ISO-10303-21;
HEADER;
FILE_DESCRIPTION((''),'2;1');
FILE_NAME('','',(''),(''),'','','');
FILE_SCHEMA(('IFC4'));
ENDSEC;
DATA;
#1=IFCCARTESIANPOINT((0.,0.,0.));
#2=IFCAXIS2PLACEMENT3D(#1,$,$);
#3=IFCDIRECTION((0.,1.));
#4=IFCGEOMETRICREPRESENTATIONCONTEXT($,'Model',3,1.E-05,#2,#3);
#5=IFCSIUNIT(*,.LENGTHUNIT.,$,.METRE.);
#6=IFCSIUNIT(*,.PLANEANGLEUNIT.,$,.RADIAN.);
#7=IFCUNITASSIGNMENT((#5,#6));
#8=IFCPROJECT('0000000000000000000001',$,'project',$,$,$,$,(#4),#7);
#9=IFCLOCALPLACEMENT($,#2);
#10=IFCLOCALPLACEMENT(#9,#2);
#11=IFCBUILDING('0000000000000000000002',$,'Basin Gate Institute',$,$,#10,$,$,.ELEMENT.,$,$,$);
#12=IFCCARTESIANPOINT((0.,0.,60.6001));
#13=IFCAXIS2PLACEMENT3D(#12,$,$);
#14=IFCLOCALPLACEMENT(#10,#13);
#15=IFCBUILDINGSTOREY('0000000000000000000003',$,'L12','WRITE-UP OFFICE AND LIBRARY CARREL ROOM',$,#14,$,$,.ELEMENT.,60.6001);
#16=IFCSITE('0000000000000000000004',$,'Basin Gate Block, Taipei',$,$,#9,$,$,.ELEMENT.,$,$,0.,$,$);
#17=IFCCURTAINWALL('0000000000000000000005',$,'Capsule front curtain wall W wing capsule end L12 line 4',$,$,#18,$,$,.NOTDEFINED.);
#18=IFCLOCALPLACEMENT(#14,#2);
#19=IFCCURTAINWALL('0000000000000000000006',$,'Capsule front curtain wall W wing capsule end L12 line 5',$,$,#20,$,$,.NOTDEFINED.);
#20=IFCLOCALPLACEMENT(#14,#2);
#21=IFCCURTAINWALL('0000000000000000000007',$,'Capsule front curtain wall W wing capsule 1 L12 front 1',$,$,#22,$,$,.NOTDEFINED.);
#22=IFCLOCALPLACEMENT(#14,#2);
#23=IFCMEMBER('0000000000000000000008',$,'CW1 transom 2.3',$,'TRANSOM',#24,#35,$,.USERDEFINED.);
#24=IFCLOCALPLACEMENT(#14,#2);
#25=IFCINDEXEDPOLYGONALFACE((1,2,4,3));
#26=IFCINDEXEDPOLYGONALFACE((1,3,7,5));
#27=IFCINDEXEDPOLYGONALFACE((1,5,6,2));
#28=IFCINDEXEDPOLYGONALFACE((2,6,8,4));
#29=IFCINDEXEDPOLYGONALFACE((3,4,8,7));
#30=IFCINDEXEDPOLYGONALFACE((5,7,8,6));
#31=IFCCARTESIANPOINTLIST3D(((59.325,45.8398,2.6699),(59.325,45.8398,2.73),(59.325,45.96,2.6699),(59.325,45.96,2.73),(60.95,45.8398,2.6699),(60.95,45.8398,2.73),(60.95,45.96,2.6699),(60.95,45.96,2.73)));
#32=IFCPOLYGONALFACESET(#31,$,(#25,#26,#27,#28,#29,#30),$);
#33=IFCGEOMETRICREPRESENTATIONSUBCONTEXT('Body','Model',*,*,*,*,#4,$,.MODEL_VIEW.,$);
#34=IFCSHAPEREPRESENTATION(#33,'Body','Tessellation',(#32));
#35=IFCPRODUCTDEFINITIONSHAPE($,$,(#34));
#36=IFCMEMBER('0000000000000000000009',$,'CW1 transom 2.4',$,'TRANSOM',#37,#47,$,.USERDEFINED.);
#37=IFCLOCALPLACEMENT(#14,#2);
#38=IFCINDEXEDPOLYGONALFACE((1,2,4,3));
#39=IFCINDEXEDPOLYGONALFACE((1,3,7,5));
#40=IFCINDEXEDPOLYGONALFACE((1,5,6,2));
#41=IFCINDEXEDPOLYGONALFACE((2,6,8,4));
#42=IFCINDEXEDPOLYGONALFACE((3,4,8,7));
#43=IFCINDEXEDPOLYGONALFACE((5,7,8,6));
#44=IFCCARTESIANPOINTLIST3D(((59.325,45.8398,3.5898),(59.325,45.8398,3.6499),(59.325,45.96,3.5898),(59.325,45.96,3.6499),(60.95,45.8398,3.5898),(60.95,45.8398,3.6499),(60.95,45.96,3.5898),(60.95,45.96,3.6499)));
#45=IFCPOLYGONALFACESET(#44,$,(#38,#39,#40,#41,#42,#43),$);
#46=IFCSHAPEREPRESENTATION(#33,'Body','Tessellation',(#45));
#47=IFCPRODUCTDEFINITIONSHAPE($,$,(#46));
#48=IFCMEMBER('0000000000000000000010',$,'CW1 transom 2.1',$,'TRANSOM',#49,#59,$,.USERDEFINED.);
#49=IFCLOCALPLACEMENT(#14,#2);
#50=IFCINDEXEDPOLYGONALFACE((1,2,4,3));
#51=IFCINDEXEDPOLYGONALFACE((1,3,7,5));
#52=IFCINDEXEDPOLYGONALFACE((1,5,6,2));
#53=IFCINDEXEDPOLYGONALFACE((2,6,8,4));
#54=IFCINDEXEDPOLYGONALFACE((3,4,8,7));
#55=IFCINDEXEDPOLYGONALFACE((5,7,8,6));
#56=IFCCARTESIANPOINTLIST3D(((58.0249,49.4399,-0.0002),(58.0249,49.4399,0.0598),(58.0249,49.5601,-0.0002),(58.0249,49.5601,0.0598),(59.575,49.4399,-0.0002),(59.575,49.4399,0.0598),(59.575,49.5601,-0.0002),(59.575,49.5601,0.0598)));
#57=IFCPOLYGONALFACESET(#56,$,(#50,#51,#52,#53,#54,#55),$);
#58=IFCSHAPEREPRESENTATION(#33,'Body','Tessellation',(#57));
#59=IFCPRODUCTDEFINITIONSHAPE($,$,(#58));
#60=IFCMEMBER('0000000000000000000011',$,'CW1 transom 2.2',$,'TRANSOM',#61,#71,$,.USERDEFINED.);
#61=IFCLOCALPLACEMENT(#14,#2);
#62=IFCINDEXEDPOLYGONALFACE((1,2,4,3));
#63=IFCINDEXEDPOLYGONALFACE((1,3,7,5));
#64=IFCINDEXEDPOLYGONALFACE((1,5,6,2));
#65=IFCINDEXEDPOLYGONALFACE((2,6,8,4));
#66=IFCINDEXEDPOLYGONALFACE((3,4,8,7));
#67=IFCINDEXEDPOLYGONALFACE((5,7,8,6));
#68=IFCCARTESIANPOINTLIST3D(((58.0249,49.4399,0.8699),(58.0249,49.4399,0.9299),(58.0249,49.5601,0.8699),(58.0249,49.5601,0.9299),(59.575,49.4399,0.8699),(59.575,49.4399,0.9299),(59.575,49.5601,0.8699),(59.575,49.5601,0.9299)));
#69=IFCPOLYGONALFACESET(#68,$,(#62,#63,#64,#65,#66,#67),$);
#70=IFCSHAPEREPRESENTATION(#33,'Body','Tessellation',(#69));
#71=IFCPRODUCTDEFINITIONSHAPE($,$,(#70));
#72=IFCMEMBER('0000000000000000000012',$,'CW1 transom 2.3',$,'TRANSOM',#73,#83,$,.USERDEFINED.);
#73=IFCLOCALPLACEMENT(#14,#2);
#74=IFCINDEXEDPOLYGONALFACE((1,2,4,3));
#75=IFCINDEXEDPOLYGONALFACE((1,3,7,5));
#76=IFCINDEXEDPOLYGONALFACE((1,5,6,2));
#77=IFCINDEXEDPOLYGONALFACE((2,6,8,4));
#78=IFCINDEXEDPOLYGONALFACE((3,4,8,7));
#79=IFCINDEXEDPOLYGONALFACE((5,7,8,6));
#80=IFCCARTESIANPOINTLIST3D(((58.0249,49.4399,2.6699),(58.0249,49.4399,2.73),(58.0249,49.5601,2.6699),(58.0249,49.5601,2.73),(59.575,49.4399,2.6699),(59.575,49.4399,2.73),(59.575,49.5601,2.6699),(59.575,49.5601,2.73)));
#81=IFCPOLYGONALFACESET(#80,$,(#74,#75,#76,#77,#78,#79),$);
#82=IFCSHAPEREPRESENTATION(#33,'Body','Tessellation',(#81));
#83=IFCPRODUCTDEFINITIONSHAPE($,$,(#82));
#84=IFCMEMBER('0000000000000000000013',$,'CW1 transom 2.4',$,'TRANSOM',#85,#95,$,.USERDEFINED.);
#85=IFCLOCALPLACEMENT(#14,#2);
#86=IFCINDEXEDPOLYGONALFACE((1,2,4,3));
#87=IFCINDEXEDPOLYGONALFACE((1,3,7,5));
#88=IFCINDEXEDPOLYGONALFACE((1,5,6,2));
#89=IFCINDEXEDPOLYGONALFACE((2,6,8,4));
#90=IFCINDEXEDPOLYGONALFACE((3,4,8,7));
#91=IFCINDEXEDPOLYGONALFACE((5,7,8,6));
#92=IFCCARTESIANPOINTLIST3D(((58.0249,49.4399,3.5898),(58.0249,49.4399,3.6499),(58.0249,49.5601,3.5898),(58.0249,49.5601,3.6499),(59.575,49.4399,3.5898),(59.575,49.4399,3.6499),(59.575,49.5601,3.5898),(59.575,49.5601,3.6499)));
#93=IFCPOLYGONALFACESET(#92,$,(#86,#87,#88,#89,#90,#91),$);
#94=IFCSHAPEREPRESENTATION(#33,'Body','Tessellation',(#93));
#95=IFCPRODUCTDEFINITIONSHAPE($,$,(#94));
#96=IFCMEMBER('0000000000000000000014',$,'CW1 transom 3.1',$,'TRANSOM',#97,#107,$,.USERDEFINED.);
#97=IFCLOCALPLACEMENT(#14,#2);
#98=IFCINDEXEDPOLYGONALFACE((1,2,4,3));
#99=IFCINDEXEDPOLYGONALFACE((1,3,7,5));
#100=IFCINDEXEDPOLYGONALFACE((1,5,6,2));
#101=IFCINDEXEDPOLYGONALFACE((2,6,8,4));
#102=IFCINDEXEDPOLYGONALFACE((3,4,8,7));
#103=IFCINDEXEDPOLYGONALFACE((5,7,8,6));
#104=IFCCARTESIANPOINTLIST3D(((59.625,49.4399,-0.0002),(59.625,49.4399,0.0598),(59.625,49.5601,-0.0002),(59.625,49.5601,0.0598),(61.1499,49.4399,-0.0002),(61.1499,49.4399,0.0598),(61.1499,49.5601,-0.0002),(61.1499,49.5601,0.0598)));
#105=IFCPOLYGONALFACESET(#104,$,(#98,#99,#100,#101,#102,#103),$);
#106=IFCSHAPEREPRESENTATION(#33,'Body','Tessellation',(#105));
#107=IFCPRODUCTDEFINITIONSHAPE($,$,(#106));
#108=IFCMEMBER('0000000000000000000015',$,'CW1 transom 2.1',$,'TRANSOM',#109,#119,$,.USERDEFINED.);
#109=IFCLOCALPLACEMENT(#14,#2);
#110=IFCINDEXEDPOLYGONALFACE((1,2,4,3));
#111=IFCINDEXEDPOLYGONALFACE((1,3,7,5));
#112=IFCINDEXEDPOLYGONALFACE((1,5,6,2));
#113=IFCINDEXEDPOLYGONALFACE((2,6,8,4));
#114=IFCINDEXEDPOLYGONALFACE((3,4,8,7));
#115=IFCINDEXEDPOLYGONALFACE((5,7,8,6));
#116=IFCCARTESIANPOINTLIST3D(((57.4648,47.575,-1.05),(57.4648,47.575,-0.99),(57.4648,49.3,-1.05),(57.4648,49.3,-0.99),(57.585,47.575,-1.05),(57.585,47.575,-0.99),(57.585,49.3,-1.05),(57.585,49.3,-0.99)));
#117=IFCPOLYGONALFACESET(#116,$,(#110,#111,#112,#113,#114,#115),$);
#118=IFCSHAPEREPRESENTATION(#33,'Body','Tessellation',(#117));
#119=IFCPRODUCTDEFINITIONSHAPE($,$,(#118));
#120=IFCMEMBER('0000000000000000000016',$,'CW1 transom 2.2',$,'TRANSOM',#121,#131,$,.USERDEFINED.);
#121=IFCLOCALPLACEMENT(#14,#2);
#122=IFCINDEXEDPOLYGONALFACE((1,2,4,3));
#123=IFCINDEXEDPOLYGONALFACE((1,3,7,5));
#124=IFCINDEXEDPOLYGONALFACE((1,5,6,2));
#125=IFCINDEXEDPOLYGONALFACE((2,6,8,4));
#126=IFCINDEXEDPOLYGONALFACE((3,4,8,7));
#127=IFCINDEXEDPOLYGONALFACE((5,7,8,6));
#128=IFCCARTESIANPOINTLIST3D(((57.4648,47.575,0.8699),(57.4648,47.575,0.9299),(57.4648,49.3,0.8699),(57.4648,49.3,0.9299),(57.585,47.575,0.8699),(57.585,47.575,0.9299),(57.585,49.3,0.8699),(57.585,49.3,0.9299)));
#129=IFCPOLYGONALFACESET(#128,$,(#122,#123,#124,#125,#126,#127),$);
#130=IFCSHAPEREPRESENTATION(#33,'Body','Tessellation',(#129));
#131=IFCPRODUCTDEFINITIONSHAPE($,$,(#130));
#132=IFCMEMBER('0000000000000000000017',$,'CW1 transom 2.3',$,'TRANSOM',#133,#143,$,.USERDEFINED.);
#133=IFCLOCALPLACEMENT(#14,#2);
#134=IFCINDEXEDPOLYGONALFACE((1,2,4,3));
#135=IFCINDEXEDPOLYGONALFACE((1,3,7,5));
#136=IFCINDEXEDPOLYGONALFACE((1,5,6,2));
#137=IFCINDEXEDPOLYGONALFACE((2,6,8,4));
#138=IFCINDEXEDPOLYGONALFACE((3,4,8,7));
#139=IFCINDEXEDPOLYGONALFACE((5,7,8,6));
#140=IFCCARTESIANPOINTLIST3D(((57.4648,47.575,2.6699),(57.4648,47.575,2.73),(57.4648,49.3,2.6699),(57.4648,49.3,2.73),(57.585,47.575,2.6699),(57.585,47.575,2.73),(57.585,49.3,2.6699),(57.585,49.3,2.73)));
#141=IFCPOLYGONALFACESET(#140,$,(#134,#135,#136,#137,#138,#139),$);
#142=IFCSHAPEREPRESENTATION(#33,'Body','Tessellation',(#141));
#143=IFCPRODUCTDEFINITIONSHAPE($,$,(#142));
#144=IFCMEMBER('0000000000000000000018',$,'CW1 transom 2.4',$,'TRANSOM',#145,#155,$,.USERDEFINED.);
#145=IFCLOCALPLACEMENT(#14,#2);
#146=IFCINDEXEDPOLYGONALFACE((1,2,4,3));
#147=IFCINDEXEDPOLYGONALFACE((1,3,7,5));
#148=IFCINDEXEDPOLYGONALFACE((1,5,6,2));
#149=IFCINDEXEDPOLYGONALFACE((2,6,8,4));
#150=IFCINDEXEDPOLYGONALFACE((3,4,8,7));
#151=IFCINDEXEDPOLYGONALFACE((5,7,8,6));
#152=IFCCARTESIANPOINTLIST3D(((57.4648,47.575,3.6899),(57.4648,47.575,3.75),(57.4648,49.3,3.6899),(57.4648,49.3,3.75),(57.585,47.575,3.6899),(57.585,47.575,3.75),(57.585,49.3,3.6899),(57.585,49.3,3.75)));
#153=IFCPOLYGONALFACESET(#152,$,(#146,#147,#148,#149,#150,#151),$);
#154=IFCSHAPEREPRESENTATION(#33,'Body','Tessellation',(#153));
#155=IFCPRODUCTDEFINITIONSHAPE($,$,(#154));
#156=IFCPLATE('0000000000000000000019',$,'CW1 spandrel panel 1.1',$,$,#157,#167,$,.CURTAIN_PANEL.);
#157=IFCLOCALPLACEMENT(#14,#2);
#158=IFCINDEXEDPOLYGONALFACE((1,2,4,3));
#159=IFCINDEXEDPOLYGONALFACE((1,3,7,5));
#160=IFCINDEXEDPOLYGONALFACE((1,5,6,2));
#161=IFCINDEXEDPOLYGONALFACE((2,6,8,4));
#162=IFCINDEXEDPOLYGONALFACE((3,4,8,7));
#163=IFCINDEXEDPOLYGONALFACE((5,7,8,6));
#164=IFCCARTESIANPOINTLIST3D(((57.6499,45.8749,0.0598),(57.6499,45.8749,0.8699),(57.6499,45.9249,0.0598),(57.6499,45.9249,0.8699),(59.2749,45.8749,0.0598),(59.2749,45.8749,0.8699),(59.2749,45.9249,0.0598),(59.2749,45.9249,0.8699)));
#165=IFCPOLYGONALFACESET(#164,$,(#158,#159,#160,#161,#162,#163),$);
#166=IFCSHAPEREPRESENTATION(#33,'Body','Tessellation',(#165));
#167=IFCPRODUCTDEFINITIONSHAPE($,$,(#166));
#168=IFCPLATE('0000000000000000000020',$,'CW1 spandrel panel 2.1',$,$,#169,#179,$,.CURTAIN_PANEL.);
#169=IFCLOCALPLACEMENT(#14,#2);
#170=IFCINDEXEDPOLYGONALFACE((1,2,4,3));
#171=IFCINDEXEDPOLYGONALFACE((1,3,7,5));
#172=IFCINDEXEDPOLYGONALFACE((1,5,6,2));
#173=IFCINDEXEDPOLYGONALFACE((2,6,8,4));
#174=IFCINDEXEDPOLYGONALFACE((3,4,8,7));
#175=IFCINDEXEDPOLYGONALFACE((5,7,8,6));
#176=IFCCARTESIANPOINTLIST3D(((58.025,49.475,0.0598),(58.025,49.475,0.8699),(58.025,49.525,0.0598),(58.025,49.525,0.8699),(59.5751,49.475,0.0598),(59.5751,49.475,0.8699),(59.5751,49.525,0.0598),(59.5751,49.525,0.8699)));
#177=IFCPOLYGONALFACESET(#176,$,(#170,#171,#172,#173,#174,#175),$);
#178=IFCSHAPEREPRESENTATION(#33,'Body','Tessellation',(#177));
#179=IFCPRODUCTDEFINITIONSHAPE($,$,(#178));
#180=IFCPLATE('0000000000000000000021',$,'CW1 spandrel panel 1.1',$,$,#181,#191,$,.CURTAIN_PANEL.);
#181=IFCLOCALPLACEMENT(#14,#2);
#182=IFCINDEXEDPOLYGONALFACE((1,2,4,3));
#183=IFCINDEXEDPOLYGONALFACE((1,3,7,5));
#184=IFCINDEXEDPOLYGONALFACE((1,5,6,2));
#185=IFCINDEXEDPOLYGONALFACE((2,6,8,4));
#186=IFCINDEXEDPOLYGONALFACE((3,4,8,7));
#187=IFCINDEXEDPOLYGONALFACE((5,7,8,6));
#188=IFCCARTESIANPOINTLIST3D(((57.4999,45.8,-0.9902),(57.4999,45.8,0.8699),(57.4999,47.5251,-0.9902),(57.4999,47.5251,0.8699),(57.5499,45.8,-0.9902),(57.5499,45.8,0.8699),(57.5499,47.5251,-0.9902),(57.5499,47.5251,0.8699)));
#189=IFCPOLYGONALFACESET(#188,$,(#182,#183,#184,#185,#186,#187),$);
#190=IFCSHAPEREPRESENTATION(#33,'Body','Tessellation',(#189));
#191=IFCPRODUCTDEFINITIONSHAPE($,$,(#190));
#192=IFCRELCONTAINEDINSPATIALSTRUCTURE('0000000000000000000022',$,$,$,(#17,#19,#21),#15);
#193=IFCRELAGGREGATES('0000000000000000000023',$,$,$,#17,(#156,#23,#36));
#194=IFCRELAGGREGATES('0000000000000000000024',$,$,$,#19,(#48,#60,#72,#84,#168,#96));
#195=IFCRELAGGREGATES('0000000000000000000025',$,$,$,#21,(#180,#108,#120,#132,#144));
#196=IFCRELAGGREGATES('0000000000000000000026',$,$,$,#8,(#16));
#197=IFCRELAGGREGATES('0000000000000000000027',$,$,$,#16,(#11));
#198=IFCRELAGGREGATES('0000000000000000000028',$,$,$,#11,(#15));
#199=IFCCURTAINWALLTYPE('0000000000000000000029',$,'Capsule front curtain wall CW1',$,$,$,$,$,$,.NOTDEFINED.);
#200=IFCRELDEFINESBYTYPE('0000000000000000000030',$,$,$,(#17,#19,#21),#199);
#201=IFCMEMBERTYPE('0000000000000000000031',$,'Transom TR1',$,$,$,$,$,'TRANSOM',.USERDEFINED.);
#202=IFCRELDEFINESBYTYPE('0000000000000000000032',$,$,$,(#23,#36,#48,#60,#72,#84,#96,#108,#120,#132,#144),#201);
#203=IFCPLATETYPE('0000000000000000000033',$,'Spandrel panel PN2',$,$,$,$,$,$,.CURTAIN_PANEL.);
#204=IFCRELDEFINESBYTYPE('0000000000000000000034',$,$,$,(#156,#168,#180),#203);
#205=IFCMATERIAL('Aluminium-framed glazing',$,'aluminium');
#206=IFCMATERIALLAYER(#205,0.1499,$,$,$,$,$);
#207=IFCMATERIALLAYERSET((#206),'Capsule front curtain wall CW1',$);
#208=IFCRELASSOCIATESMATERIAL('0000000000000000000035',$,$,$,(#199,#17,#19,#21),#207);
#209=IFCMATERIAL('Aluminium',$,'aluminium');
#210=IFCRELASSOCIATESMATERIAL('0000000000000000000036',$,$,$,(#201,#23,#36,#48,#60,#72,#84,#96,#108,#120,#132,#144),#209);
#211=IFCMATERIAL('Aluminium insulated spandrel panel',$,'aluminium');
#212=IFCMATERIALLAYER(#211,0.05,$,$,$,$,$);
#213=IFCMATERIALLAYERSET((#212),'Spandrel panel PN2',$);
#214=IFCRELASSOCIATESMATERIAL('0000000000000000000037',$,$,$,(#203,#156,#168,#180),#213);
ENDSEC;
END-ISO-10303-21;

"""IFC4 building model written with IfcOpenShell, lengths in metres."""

from ifc_helpers import new_model, si_unit, direction, frame, origin, origin_2d, place, context, subcontext, project, spatial, rectangle, extrude, material, layer, layer_set, material_profile, profile_set, type_object, element, aggregate, save


model = new_model("IFC4")

# Units and contexts
model_context = context("Model", 3, precision=1e-05, world=origin(), true_north=direction((0.0, 1.0)))
body_context = subcontext(model_context, "Body", "Model", "MODEL_VIEW")
ifc_project = project(units=[si_unit("LENGTHUNIT", "METRE"), si_unit("PLANEANGLEUNIT", "RADIAN")], contexts=[model_context])

# Site, building, storey
site_placement = place(None, origin())
site = spatial("IfcSite", under=ifc_project, at=site_placement, Name="Basin Gate Block, Taipei", CompositionType="ELEMENT", RefElevation=0.0)
building_placement = place(site_placement, origin())
building = spatial("IfcBuilding", under=site, at=building_placement, Name="Basin Gate Institute", CompositionType="ELEMENT")
storey_placement = place(building_placement, frame((0.0, 0.0, 60.6001)))
storey = spatial("IfcBuildingStorey", under=building, at=storey_placement, Name="L12", Description="WRITE-UP OFFICE AND LIBRARY CARREL ROOM", CompositionType="ELEMENT", Elevation=60.6001)

# Curtain walls
ifc_material_1 = material(Name="Aluminium-framed glazing", Category="aluminium")
ifc_layer_1 = layer(ifc_material_1, 0.1499)
ifc_layer_set_1 = layer_set([ifc_layer_1], Name="Capsule front curtain wall CW1")
curtain_wall_type = type_object("IfcCurtainWallType", Name="Capsule front curtain wall CW1", PredefinedType="NOTDEFINED", material=ifc_layer_set_1)
curtain_wall_1_placement = place(storey_placement, origin())
curtain_wall_1 = element("IfcCurtainWall", 1, at=curtain_wall_1_placement, inside=storey, type_object=curtain_wall_type, material=ifc_layer_set_1, Name="Capsule front curtain wall W wing capsule end L12 line 4", PredefinedType="NOTDEFINED")
curtain_wall_2_placement = place(storey_placement, origin())
curtain_wall_2 = element("IfcCurtainWall", 2, at=curtain_wall_2_placement, inside=storey, type_object=curtain_wall_type, material=ifc_layer_set_1, Name="Capsule front curtain wall W wing capsule end L12 line 5", PredefinedType="NOTDEFINED")
curtain_wall_3_placement = place(storey_placement, origin())
curtain_wall_3 = element("IfcCurtainWall", 3, at=curtain_wall_3_placement, inside=storey, type_object=curtain_wall_type, material=ifc_layer_set_1, Name="Capsule front curtain wall W wing capsule 1 L12 front 1", PredefinedType="NOTDEFINED")

# Members
ifc_material_2 = material(Name="Aluminium", Category="aluminium")
ifc_material_profile_1 = material_profile(ifc_material_2, rectangle(XDim=0.1201, YDim=0.0601, at=origin_2d()), Name="Transom TR1 120 x 60")
ifc_profile_set_1 = profile_set([ifc_material_profile_1], Name="Aluminium")
member_type_1 = type_object("IfcMemberType", Name="Transom TR1", ElementType="TRANSOM", PredefinedType="USERDEFINED", material=ifc_profile_set_1)
member_1_placement = place(storey_placement, frame((59.325, 45.8999, 2.7), z_axis=(1.0, 0.0, 0.0), x_axis=(0.0, 1.0, 0.0)))
member_1 = element("IfcMember", 4, at=member_1_placement, type_object=member_type_1, material=ifc_profile_set_1, Name="CW1 transom 2.3", ObjectType="TRANSOM", PredefinedType="USERDEFINED", context=body_context, shape_type="SweptSolid", body=[
    extrude(rectangle(XDim=0.1201, YDim=0.0601, at=origin_2d()), origin(), (0.0, 0.0, 1.0), 1.625),
])
member_2_placement = place(storey_placement, frame((59.325, 45.8999, 3.6199), z_axis=(1.0, 0.0, 0.0), x_axis=(0.0, 1.0, 0.0)))
member_2 = element("IfcMember", 5, at=member_2_placement, type_object=member_type_1, material=ifc_profile_set_1, Name="CW1 transom 2.4", ObjectType="TRANSOM", PredefinedType="USERDEFINED", context=body_context, shape_type="SweptSolid", body=[
    extrude(rectangle(XDim=0.1201, YDim=0.0601, at=origin_2d()), origin(), (0.0, 0.0, 1.0), 1.625),
])
member_3_placement = place(storey_placement, frame((58.0249, 49.5, 0.0298), z_axis=(1.0, 0.0, 0.0), x_axis=(0.0, 1.0, 0.0)))
member_3 = element("IfcMember", 6, at=member_3_placement, type_object=member_type_1, material=ifc_profile_set_1, Name="CW1 transom 2.1", ObjectType="TRANSOM", PredefinedType="USERDEFINED", context=body_context, shape_type="SweptSolid", body=[
    extrude(rectangle(XDim=0.1201, YDim=0.0601, at=origin_2d()), origin(), (0.0, 0.0, 1.0), 1.55),
])
member_4_placement = place(storey_placement, frame((58.0249, 49.5, 0.8999), z_axis=(1.0, 0.0, 0.0), x_axis=(0.0, 1.0, 0.0)))
member_4 = element("IfcMember", 7, at=member_4_placement, type_object=member_type_1, material=ifc_profile_set_1, Name="CW1 transom 2.2", ObjectType="TRANSOM", PredefinedType="USERDEFINED", context=body_context, shape_type="SweptSolid", body=[
    extrude(rectangle(XDim=0.1201, YDim=0.0601, at=origin_2d()), origin(), (0.0, 0.0, 1.0), 1.55),
])
member_5_placement = place(storey_placement, frame((58.0249, 49.5, 2.7), z_axis=(1.0, 0.0, 0.0), x_axis=(0.0, 1.0, 0.0)))
member_5 = element("IfcMember", 8, at=member_5_placement, type_object=member_type_1, material=ifc_profile_set_1, Name="CW1 transom 2.3", ObjectType="TRANSOM", PredefinedType="USERDEFINED", context=body_context, shape_type="SweptSolid", body=[
    extrude(rectangle(XDim=0.1201, YDim=0.0601, at=origin_2d()), origin(), (0.0, 0.0, 1.0), 1.55),
])
member_6_placement = place(storey_placement, frame((58.0249, 49.5, 3.6199), z_axis=(1.0, 0.0, 0.0), x_axis=(0.0, 1.0, 0.0)))
member_6 = element("IfcMember", 9, at=member_6_placement, type_object=member_type_1, material=ifc_profile_set_1, Name="CW1 transom 2.4", ObjectType="TRANSOM", PredefinedType="USERDEFINED", context=body_context, shape_type="SweptSolid", body=[
    extrude(rectangle(XDim=0.1201, YDim=0.0601, at=origin_2d()), origin(), (0.0, 0.0, 1.0), 1.55),
])
member_7_placement = place(storey_placement, frame((59.625, 49.5, 0.0298), z_axis=(1.0, 0.0, 0.0), x_axis=(0.0, 1.0, 0.0)))
member_7 = element("IfcMember", 10, at=member_7_placement, type_object=member_type_1, material=ifc_profile_set_1, Name="CW1 transom 3.1", ObjectType="TRANSOM", PredefinedType="USERDEFINED", context=body_context, shape_type="SweptSolid", body=[
    extrude(rectangle(XDim=0.1201, YDim=0.0601, at=origin_2d()), origin(), (0.0, 0.0, 1.0), 1.5249),
])
member_8_placement = place(storey_placement, frame((57.5249, 47.575, -1.02), z_axis=(0.0, 1.0, 0.0), x_axis=(-1.0, 0.0, 0.0)))
member_8 = element("IfcMember", 11, at=member_8_placement, type_object=member_type_1, material=ifc_profile_set_1, Name="CW1 transom 2.1", ObjectType="TRANSOM", PredefinedType="USERDEFINED", context=body_context, shape_type="SweptSolid", body=[
    extrude(rectangle(XDim=0.1201, YDim=0.0601, at=origin_2d()), origin(), (0.0, 0.0, 1.0), 1.7251),
])
member_9_placement = place(storey_placement, frame((57.5249, 47.575, 0.8999), z_axis=(0.0, 1.0, 0.0), x_axis=(-1.0, 0.0, 0.0)))
member_9 = element("IfcMember", 12, at=member_9_placement, type_object=member_type_1, material=ifc_profile_set_1, Name="CW1 transom 2.2", ObjectType="TRANSOM", PredefinedType="USERDEFINED", context=body_context, shape_type="SweptSolid", body=[
    extrude(rectangle(XDim=0.1201, YDim=0.0601, at=origin_2d()), origin(), (0.0, 0.0, 1.0), 1.7251),
])
member_10_placement = place(storey_placement, frame((57.5249, 47.575, 2.7), z_axis=(0.0, 1.0, 0.0), x_axis=(-1.0, 0.0, 0.0)))
member_10 = element("IfcMember", 13, at=member_10_placement, type_object=member_type_1, material=ifc_profile_set_1, Name="CW1 transom 2.3", ObjectType="TRANSOM", PredefinedType="USERDEFINED", context=body_context, shape_type="SweptSolid", body=[
    extrude(rectangle(XDim=0.1201, YDim=0.0601, at=origin_2d()), origin(), (0.0, 0.0, 1.0), 1.7251),
])
member_11_placement = place(storey_placement, frame((57.5249, 47.575, 3.72), z_axis=(0.0, 1.0, 0.0), x_axis=(-1.0, 0.0, 0.0)))
member_11 = element("IfcMember", 14, at=member_11_placement, type_object=member_type_1, material=ifc_profile_set_1, Name="CW1 transom 2.4", ObjectType="TRANSOM", PredefinedType="USERDEFINED", context=body_context, shape_type="SweptSolid", body=[
    extrude(rectangle(XDim=0.1201, YDim=0.0601, at=origin_2d()), origin(), (0.0, 0.0, 1.0), 1.7251),
])

# Plates
ifc_material_3 = material(Name="Aluminium insulated spandrel panel", Category="aluminium")
ifc_layer_2 = layer(ifc_material_3, 0.05)
ifc_layer_set_2 = layer_set([ifc_layer_2], Name="Spandrel panel PN2")
plate_type_1 = type_object("IfcPlateType", Name="Spandrel panel PN2", PredefinedType="CURTAIN_PANEL", material=ifc_layer_set_2)
plate_1_placement = place(storey_placement, frame((58.4624, 45.8999, 0.0598), z_axis=(0.0, 0.0, 1.0), x_axis=(1.0, 0.0, 0.0)))
plate_1 = element("IfcPlate", 15, at=plate_1_placement, type_object=plate_type_1, material=ifc_layer_set_2, Name="CW1 spandrel panel 1.1", PredefinedType="CURTAIN_PANEL", context=body_context, shape_type="SweptSolid", body=[
    extrude(rectangle(XDim=1.625, YDim=0.05, at=origin_2d()), origin(), (0.0, 0.0, 1.0), 0.8101),
])
plate_2_placement = place(storey_placement, frame((58.8, 49.5, 0.0598), z_axis=(0.0, 0.0, 1.0), x_axis=(1.0, 0.0, 0.0)))
plate_2 = element("IfcPlate", 16, at=plate_2_placement, type_object=plate_type_1, material=ifc_layer_set_2, Name="CW1 spandrel panel 2.1", PredefinedType="CURTAIN_PANEL", context=body_context, shape_type="SweptSolid", body=[
    extrude(rectangle(XDim=1.55, YDim=0.05, at=origin_2d()), origin(), (0.0, 0.0, 1.0), 0.8101),
])
plate_3_placement = place(storey_placement, frame((57.5249, 46.6626, -0.9902), z_axis=(0.0, 0.0, 1.0), x_axis=(0.0, 1.0, 0.0)))
plate_3 = element("IfcPlate", 17, at=plate_3_placement, type_object=plate_type_1, material=ifc_layer_set_2, Name="CW1 spandrel panel 1.1", PredefinedType="CURTAIN_PANEL", context=body_context, shape_type="SweptSolid", body=[
    extrude(rectangle(XDim=1.7251, YDim=0.05, at=origin_2d()), origin(), (0.0, 0.0, 1.0), 1.8601),
])
aggregate(curtain_wall_1, [plate_1, member_1, member_2])
aggregate(curtain_wall_2, [member_3, member_4, member_5, member_6, plate_2, member_7])
aggregate(curtain_wall_3, [plate_3, member_8, member_9, member_10, member_11])

save(model, "model.ifc")
